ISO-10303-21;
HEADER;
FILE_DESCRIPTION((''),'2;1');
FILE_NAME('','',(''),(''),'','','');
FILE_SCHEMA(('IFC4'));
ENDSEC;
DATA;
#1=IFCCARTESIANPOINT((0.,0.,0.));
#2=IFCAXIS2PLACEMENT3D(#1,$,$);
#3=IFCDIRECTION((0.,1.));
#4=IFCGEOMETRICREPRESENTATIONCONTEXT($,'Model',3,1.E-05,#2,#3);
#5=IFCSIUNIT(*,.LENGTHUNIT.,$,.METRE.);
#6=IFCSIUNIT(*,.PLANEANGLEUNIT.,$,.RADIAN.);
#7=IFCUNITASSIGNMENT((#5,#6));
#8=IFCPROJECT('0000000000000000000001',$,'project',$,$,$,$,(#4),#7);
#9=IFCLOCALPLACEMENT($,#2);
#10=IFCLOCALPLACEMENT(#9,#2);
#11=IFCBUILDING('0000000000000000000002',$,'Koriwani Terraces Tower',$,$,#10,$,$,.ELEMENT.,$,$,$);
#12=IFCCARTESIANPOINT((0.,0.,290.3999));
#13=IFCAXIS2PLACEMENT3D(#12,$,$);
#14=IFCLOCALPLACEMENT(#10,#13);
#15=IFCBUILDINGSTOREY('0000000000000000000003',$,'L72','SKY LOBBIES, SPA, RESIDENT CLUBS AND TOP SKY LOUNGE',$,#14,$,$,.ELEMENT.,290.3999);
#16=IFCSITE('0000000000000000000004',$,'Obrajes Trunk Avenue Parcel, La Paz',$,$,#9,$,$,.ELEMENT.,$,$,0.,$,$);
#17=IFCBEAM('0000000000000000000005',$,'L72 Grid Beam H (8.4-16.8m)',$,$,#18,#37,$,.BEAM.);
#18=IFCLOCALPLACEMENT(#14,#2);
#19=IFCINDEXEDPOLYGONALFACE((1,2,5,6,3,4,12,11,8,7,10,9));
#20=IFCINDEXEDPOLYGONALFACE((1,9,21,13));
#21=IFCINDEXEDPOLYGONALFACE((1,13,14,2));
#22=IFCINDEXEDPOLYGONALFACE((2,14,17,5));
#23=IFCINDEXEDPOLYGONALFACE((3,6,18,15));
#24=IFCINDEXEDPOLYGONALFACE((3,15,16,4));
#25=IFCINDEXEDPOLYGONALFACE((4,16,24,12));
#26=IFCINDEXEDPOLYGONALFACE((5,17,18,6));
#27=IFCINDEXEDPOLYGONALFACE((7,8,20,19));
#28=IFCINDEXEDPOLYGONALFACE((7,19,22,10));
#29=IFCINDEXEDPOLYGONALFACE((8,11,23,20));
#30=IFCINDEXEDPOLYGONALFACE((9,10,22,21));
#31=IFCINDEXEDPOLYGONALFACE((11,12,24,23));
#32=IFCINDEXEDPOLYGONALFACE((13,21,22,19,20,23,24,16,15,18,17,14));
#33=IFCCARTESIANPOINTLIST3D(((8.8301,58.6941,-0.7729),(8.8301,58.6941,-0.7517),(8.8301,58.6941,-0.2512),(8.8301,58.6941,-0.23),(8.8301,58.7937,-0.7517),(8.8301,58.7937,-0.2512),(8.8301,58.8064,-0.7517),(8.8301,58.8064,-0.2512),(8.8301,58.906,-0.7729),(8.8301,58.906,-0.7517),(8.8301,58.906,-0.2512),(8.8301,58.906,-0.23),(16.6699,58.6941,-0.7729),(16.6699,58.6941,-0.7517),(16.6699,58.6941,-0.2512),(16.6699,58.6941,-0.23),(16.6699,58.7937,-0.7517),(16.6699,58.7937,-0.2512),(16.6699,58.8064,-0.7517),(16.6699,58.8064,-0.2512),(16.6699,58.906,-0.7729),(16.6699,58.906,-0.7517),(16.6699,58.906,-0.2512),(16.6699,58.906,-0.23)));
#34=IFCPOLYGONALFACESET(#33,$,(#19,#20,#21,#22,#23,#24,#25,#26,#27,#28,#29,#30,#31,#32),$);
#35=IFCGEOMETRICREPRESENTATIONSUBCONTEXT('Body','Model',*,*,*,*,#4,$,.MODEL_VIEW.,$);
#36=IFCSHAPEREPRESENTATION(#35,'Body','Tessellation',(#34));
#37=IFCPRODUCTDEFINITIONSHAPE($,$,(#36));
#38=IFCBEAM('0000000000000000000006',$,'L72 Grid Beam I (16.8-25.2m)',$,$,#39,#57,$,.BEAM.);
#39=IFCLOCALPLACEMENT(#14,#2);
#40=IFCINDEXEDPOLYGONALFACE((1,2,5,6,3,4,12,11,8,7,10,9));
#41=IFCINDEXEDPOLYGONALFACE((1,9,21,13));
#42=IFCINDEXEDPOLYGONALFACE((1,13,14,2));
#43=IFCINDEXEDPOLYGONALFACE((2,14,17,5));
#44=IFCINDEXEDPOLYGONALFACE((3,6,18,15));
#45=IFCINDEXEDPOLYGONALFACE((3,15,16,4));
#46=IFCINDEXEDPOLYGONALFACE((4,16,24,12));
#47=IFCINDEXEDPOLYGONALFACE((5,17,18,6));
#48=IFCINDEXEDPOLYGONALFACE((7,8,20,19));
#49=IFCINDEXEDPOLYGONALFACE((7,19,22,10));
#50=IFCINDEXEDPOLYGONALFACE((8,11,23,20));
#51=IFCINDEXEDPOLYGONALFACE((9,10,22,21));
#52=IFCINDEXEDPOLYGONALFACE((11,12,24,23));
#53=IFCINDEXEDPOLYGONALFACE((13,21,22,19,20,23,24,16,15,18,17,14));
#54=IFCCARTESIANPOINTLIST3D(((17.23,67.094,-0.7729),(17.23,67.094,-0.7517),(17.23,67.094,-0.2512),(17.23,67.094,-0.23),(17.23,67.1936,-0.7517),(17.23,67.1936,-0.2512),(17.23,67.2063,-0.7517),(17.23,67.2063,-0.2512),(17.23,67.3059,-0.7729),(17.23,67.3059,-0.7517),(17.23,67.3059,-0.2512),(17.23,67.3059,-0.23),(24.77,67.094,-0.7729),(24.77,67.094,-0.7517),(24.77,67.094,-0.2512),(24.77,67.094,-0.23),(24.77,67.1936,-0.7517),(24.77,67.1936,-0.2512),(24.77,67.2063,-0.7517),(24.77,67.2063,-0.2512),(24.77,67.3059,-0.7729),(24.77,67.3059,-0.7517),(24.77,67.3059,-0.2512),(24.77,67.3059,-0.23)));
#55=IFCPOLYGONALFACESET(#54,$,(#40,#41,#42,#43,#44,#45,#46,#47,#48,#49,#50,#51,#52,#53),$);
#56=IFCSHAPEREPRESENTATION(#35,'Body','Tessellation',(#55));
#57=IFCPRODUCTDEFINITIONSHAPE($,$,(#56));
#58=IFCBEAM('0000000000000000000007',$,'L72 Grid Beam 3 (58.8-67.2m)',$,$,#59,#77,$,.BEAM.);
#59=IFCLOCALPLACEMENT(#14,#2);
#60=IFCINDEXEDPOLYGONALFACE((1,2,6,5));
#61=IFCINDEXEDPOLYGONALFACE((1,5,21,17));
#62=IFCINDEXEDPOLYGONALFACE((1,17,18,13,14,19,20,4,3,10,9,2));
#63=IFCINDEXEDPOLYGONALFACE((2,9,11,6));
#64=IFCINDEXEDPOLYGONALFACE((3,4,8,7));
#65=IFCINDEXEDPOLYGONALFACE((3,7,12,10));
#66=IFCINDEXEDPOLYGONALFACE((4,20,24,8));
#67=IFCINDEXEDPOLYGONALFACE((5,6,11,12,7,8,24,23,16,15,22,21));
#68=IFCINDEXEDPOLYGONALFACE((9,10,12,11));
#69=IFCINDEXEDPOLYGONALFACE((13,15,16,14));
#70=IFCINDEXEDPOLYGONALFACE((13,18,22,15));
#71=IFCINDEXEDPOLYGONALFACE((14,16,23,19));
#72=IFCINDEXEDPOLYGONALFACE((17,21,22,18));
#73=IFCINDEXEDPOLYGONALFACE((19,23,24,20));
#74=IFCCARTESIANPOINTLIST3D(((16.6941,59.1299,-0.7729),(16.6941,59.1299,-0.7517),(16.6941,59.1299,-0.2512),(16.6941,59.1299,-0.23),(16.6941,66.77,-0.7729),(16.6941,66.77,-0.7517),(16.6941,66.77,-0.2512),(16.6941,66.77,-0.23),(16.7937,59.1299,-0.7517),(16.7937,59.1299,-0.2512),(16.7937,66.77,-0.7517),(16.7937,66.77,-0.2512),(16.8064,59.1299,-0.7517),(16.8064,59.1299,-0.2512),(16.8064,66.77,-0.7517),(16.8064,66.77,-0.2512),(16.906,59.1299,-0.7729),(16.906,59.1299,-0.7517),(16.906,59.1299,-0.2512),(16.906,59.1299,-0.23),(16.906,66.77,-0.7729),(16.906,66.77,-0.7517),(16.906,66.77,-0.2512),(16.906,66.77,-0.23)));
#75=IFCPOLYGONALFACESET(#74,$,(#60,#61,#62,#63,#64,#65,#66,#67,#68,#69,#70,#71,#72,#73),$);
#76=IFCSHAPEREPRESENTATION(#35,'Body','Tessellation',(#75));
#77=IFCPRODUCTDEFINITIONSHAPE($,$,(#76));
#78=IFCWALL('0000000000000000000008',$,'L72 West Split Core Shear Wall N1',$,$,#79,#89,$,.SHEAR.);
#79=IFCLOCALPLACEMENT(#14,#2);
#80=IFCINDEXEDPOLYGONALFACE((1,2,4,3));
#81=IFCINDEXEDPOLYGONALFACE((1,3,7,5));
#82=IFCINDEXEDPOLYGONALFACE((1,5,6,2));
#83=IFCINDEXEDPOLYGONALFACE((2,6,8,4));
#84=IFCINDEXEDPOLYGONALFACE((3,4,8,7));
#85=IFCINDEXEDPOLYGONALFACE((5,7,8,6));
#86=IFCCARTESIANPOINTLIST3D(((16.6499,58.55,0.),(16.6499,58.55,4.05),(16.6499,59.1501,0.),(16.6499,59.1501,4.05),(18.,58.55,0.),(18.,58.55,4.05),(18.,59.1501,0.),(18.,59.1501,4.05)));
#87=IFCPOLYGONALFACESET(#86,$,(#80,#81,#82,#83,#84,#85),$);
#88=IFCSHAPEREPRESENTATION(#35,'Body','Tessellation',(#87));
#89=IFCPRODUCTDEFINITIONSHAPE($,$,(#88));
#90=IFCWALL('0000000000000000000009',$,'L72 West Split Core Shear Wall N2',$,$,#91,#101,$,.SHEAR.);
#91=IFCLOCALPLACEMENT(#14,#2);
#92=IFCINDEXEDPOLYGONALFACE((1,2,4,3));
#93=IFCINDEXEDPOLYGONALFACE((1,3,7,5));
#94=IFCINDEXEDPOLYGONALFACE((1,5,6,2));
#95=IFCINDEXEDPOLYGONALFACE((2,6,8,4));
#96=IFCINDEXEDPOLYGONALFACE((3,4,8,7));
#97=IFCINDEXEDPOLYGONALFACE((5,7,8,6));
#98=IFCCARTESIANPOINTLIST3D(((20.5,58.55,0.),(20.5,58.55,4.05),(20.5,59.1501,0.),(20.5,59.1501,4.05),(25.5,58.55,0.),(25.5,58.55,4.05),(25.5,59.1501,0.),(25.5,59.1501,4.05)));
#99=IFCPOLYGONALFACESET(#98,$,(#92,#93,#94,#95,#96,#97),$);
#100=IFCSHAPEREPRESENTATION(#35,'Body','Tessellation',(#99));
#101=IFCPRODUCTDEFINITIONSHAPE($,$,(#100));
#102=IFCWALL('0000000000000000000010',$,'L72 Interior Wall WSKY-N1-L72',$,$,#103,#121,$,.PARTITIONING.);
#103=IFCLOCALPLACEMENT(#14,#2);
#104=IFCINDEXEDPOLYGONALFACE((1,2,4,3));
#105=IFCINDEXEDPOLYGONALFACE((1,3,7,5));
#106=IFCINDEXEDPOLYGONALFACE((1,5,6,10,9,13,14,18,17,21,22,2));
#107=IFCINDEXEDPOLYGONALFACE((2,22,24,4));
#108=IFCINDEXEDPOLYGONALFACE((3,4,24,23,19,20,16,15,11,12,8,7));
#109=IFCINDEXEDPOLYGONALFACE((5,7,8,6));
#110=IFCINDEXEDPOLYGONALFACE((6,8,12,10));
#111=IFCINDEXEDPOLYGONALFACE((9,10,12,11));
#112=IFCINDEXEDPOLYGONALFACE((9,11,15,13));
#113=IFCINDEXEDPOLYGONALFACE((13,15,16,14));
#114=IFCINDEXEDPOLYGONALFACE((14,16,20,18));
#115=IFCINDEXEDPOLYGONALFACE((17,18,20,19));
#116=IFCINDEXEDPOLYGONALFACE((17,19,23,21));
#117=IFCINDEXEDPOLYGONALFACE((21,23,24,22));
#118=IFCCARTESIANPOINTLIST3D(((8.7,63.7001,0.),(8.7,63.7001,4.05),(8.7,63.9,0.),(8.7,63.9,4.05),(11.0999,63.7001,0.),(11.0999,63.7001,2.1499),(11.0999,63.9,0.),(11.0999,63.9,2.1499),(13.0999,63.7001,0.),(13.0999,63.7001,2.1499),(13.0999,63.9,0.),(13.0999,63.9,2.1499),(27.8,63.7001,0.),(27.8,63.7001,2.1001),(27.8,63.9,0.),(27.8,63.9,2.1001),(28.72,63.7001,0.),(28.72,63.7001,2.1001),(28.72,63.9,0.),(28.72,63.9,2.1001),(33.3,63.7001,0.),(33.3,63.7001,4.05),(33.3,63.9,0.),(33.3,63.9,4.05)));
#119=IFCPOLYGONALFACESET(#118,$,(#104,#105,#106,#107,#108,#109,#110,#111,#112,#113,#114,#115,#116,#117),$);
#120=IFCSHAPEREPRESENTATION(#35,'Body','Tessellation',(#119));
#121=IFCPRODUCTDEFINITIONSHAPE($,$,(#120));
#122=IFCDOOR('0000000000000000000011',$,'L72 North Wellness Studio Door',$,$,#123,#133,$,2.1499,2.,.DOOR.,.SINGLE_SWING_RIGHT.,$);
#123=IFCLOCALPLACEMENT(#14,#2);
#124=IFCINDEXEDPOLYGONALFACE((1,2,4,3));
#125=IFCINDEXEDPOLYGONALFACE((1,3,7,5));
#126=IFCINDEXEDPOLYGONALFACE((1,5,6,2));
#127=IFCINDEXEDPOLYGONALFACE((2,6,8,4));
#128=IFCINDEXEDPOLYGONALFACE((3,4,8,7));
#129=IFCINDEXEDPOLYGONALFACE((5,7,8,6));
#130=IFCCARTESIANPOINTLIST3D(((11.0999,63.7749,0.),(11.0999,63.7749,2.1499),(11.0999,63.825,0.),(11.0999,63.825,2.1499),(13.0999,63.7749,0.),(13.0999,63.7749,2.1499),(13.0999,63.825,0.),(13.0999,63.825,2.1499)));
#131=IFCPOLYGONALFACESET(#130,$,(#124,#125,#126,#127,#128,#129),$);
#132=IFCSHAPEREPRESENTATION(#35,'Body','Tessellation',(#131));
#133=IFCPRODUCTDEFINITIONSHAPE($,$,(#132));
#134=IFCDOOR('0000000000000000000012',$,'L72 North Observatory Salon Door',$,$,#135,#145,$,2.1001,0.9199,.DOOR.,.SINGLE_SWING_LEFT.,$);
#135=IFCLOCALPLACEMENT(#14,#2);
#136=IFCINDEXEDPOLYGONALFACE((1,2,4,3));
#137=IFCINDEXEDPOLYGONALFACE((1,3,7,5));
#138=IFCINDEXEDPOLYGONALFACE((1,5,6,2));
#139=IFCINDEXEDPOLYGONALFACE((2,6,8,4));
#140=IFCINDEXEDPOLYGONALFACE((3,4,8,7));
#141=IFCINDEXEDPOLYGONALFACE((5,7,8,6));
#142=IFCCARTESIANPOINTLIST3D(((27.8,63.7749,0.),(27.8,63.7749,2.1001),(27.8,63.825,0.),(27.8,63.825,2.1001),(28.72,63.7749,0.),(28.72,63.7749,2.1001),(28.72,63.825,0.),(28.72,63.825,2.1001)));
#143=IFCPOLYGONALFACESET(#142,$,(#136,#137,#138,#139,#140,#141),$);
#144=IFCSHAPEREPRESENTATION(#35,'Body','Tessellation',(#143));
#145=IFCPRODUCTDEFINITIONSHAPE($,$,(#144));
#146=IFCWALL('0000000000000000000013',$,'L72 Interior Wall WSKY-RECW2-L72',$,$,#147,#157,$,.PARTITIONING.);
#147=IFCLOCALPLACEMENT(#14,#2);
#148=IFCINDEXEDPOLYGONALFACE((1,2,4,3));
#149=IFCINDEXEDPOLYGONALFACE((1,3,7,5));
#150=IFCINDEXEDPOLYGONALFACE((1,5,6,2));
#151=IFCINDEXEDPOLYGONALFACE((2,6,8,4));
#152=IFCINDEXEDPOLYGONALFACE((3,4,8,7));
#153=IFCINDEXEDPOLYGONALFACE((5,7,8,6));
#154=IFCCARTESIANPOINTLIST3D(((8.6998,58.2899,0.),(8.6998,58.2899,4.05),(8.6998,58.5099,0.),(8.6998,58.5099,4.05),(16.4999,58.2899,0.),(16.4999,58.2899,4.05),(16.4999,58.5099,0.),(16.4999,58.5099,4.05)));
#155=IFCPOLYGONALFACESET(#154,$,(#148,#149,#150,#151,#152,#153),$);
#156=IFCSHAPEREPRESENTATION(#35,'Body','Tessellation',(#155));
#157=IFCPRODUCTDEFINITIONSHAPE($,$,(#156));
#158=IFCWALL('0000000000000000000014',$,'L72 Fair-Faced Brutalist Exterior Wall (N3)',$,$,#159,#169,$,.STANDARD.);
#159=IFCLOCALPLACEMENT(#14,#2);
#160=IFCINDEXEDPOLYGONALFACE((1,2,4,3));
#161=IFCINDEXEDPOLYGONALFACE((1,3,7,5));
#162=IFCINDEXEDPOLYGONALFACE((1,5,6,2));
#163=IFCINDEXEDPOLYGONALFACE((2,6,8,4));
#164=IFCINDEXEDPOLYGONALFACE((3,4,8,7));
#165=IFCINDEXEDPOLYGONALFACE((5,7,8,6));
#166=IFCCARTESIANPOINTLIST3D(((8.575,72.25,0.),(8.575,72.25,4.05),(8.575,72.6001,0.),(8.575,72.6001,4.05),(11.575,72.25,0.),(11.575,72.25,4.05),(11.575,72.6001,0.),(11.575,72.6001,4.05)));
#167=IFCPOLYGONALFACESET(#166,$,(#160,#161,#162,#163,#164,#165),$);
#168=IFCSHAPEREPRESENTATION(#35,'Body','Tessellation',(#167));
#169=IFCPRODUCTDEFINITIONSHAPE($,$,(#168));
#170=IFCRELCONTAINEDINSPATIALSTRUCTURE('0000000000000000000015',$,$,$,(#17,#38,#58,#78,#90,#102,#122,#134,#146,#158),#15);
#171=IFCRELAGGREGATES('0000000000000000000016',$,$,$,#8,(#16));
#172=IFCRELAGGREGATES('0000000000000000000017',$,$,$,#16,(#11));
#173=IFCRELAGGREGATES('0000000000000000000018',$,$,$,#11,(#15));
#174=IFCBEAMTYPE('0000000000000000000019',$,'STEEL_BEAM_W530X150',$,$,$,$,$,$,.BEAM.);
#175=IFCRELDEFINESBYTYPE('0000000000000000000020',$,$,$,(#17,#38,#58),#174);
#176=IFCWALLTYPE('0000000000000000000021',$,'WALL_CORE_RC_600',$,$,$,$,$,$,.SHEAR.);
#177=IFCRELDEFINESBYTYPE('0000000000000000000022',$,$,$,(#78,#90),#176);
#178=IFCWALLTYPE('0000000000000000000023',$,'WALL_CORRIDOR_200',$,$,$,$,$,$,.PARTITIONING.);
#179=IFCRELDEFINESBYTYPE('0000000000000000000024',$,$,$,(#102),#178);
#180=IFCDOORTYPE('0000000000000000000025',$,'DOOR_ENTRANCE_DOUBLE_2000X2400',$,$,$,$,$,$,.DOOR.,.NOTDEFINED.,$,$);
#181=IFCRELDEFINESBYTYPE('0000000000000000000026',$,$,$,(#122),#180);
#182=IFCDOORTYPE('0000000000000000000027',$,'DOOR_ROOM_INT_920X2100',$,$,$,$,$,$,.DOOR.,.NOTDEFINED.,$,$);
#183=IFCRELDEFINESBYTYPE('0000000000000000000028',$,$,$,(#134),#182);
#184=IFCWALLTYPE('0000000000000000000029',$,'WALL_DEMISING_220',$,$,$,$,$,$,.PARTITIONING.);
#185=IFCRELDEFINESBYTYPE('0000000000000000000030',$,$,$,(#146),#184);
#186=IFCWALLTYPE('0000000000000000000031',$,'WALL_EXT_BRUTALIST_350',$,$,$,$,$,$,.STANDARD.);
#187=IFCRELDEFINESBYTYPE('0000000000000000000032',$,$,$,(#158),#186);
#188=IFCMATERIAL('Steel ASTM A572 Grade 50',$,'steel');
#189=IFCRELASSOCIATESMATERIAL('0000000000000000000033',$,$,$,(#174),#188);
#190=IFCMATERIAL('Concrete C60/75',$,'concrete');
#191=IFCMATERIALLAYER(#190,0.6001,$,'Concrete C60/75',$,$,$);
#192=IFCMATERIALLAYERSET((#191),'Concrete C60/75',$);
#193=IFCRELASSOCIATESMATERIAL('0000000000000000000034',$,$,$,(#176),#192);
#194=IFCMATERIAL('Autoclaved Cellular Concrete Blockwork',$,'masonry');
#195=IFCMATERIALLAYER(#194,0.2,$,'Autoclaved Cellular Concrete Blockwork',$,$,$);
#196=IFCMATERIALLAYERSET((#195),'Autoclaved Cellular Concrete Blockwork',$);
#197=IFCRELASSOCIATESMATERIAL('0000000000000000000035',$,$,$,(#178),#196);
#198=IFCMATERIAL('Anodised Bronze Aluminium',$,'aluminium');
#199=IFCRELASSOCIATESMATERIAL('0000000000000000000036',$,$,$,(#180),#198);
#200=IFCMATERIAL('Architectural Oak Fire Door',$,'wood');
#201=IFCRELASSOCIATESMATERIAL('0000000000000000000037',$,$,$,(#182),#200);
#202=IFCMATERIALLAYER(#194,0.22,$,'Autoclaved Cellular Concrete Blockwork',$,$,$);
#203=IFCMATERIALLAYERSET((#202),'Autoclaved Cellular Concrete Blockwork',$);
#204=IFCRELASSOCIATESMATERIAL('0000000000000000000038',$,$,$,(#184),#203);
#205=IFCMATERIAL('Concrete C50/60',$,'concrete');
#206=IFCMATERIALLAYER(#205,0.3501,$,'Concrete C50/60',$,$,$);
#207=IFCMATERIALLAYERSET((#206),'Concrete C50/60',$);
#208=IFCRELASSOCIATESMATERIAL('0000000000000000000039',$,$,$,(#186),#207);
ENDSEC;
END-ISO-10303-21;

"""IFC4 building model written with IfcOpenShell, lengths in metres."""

from ifc_helpers import new_model, si_unit, direction, frame, frame_2d, origin, origin_2d, place, context, subcontext, project, spatial, rectangle, i_section, extrude, material, layer, layer_set, material_profile, profile_set, type_object, element, fill, save


model = new_model("IFC4")

# Units and contexts
model_context = context("Model", 3, precision=1e-05, world=origin(), true_north=direction((0.0, 1.0)))
body_context = subcontext(model_context, "Body", "Model", "MODEL_VIEW")
ifc_project = project(units=[si_unit("LENGTHUNIT", "METRE"), si_unit("PLANEANGLEUNIT", "RADIAN")], contexts=[model_context])

# Site, building, storey
site_placement = place(None, origin())
site = spatial("IfcSite", under=ifc_project, at=site_placement, Name="Obrajes Trunk Avenue Parcel, La Paz", CompositionType="ELEMENT", RefElevation=0.0)
building_placement = place(site_placement, origin())
building = spatial("IfcBuilding", under=site, at=building_placement, Name="Koriwani Terraces Tower", CompositionType="ELEMENT")
storey_placement = place(building_placement, frame((0.0, 0.0, 290.3999)))
storey = spatial("IfcBuildingStorey", under=building, at=storey_placement, Name="L72", Description="SKY LOBBIES, SPA, RESIDENT CLUBS AND TOP SKY LOUNGE", CompositionType="ELEMENT", Elevation=290.3999)

# Shared definitions
ifc_material_1 = material(Name="Concrete C50/60", Category="concrete")

# Shared definitions
ifc_material_2 = material(Name="Anodised Bronze Aluminium", Category="aluminium")

# Beams
ifc_material_3 = material(Name="Steel ASTM A572 Grade 50", Category="steel")
ifc_material_profile_1 = material_profile(ifc_material_3, i_section(OverallWidth=0.2119, OverallDepth=0.543, WebThickness=0.0127, FlangeThickness=0.0212, at=origin_2d()), Name="Steel ASTM A572 Grade 50", Category="LoadBearing")
ifc_profile_set_1 = profile_set([ifc_material_profile_1], Name="Steel ASTM A572 Grade 50")
beam_type_1 = type_object("IfcBeamType", Name="STEEL_BEAM_W530X150", PredefinedType="BEAM", material=ifc_profile_set_1)
beam_1_placement = place(storey_placement, frame((8.8301, 58.8, -0.5015), z_axis=(1.0, 0.0, 0.0), x_axis=(0.0, 1.0, 0.0)))
element("IfcBeam", 1, at=beam_1_placement, inside=storey, type_object=beam_type_1, Name="L72 Grid Beam H (8.4-16.8m)", PredefinedType="BEAM", context=body_context, shape_type="SweptSolid", body=[
    extrude(i_section(OverallWidth=0.2119, OverallDepth=0.543, WebThickness=0.0127, FlangeThickness=0.0212, at=origin_2d()), origin(), (0.0, 0.0, 1.0), 7.8398),
])
beam_2_placement = place(storey_placement, frame((17.23, 67.2, -0.5015), z_axis=(1.0, 0.0, 0.0), x_axis=(0.0, 1.0, 0.0)))
element("IfcBeam", 2, at=beam_2_placement, inside=storey, type_object=beam_type_1, Name="L72 Grid Beam I (16.8-25.2m)", PredefinedType="BEAM", context=body_context, shape_type="SweptSolid", body=[
    extrude(i_section(OverallWidth=0.2119, OverallDepth=0.543, WebThickness=0.0127, FlangeThickness=0.0212, at=origin_2d()), origin(), (0.0, 0.0, 1.0), 7.54),
])
beam_3_placement = place(storey_placement, frame((16.8, 59.1299, -0.5015), z_axis=(0.0, 1.0, 0.0), x_axis=(-1.0, 0.0, 0.0)))
element("IfcBeam", 3, at=beam_3_placement, inside=storey, type_object=beam_type_1, Name="L72 Grid Beam 3 (58.8-67.2m)", PredefinedType="BEAM", context=body_context, shape_type="SweptSolid", body=[
    extrude(i_section(OverallWidth=0.2119, OverallDepth=0.543, WebThickness=0.0127, FlangeThickness=0.0212, at=origin_2d()), origin(), (0.0, 0.0, 1.0), 7.6401),
])

# Walls
ifc_material_4 = material(Name="Concrete C60/75", Category="concrete")
ifc_layer_1 = layer(ifc_material_4, 0.6001, Name="Concrete C60/75")
ifc_layer_set_1 = layer_set([ifc_layer_1], Name="Concrete C60/75")
wall_type_1 = type_object("IfcWallType", Name="WALL_CORE_RC_600", PredefinedType="SHEAR", material=ifc_layer_set_1)
wall_1_placement = place(storey_placement, frame((16.6499, 58.8501, 0.0), z_axis=(0.0, 0.0, 1.0), x_axis=(1.0, 0.0, 0.0)))
element("IfcWall", 4, at=wall_1_placement, inside=storey, type_object=wall_type_1, Name="L72 West Split Core Shear Wall N1", PredefinedType="SHEAR", context=body_context, shape_type="SweptSolid", body=[
    extrude(rectangle(XDim=1.3501, YDim=0.6001, at=frame_2d((0.675, 0.0))), origin(), (0.0, 0.0, 1.0), 4.05),
])
wall_2_placement = place(storey_placement, frame((20.5, 58.8501, 0.0), z_axis=(0.0, 0.0, 1.0), x_axis=(1.0, 0.0, 0.0)))
element("IfcWall", 5, at=wall_2_placement, inside=storey, type_object=wall_type_1, Name="L72 West Split Core Shear Wall N2", PredefinedType="SHEAR", context=body_context, shape_type="SweptSolid", body=[
    extrude(rectangle(XDim=5.0, YDim=0.6001, at=frame_2d((2.5, 0.0))), origin(), (0.0, 0.0, 1.0), 4.05),
])

# Wall, openings, doors
ifc_material_5 = material(Name="Autoclaved Cellular Concrete Blockwork", Category="masonry")
ifc_layer_2 = layer(ifc_material_5, 0.2, Name="Autoclaved Cellular Concrete Blockwork")
ifc_layer_set_2 = layer_set([ifc_layer_2], Name="Autoclaved Cellular Concrete Blockwork")
wall_type_2 = type_object("IfcWallType", Name="WALL_CORRIDOR_200", PredefinedType="PARTITIONING", material=ifc_layer_set_2)
wall_3_placement = place(storey_placement, frame((8.7, 63.8, 0.0), z_axis=(0.0, 0.0, 1.0), x_axis=(1.0, 0.0, 0.0)))
wall_3 = element("IfcWall", 6, at=wall_3_placement, inside=storey, type_object=wall_type_2, Name="L72 Interior Wall WSKY-N1-L72", PredefinedType="PARTITIONING", context=body_context, shape_type="SweptSolid", body=[
    extrude(rectangle(XDim=24.6001, YDim=0.2, at=frame_2d((12.3, 0.0))), origin(), (0.0, 0.0, 1.0), 4.05),
])
opening_1_placement = place(wall_3_placement, frame((2.3999, 0.0, 0.0)))
opening_1 = element("IfcOpeningElement", 7, at=opening_1_placement, cuts=wall_3, PredefinedType="OPENING", context=body_context, shape_type="SweptSolid", body=[
    extrude(rectangle(XDim=2.0, YDim=2.1499, at=frame_2d((1.0, 1.075))), frame((0.0, 0.1099, 0.0), z_axis=(0.0, -1.0, 0.0), x_axis=(1.0, 0.0, 0.0)), (0.0, 0.0, 1.0), 0.22),
])
opening_2_placement = place(wall_3_placement, frame((19.1001, 0.0, 0.0)))
opening_2 = element("IfcOpeningElement", 8, at=opening_2_placement, cuts=wall_3, PredefinedType="OPENING", context=body_context, shape_type="SweptSolid", body=[
    extrude(rectangle(XDim=0.9199, YDim=2.1001, at=frame_2d((0.46, 1.05))), frame((0.0, 0.1099, 0.0), z_axis=(0.0, -1.0, 0.0), x_axis=(1.0, 0.0, 0.0)), (0.0, 0.0, 1.0), 0.22),
])
door_type_1 = type_object("IfcDoorType", Name="DOOR_ENTRANCE_DOUBLE_2000X2400", OperationType="NOTDEFINED", PredefinedType="DOOR", material=ifc_material_2)
door_1_placement = place(opening_1_placement, origin())
door_1 = element("IfcDoor", 9, at=door_1_placement, inside=storey, type_object=door_type_1, Name="L72 North Wellness Studio Door", OperationType="SINGLE_SWING_RIGHT", OverallHeight=2.1499, OverallWidth=2.0, PredefinedType="DOOR", context=body_context, shape_type="SweptSolid", body=[
    extrude(rectangle(XDim=2.0, YDim=2.1499, at=frame_2d((1.0, 1.075))), frame((0.0, 0.0249, 0.0), z_axis=(0.0, -1.0, 0.0), x_axis=(1.0, 0.0, 0.0)), (0.0, 0.0, 1.0), 0.05),
])
fill(opening_1, door_1)
ifc_material_6 = material(Name="Architectural Oak Fire Door", Category="wood")
door_type_2 = type_object("IfcDoorType", Name="DOOR_ROOM_INT_920X2100", OperationType="NOTDEFINED", PredefinedType="DOOR", material=ifc_material_6)
door_2_placement = place(opening_2_placement, origin())
door_2 = element("IfcDoor", 10, at=door_2_placement, inside=storey, type_object=door_type_2, Name="L72 North Observatory Salon Door", OperationType="SINGLE_SWING_LEFT", OverallHeight=2.1001, OverallWidth=0.9199, PredefinedType="DOOR", context=body_context, shape_type="SweptSolid", body=[
    extrude(rectangle(XDim=0.9199, YDim=2.1001, at=frame_2d((0.46, 1.05))), frame((0.0, 0.0249, 0.0), z_axis=(0.0, -1.0, 0.0), x_axis=(1.0, 0.0, 0.0)), (0.0, 0.0, 1.0), 0.05),
])
fill(opening_2, door_2)

# Walls
ifc_layer_3 = layer(ifc_material_5, 0.22, Name="Autoclaved Cellular Concrete Blockwork")
ifc_layer_set_3 = layer_set([ifc_layer_3], Name="Autoclaved Cellular Concrete Blockwork")
wall_type_3 = type_object("IfcWallType", Name="WALL_DEMISING_220", PredefinedType="PARTITIONING", material=ifc_layer_set_3)
wall_4_placement = place(storey_placement, frame((8.7, 58.3999, 0.0), z_axis=(0.0, 0.0, 1.0), x_axis=(1.0, 0.0, 0.0)))
element("IfcWall", 11, at=wall_4_placement, inside=storey, type_object=wall_type_3, Name="L72 Interior Wall WSKY-RECW2-L72", PredefinedType="PARTITIONING", context=body_context, shape_type="SweptSolid", body=[
    extrude(rectangle(XDim=7.8, YDim=0.22, at=frame_2d((3.8999, 0.0))), origin(), (0.0, 0.0, 1.0), 4.05),
])
ifc_layer_4 = layer(ifc_material_1, 0.3501, Name="Concrete C50/60")
ifc_layer_set_4 = layer_set([ifc_layer_4], Name="Concrete C50/60")
wall_type_4 = type_object("IfcWallType", Name="WALL_EXT_BRUTALIST_350", PredefinedType="STANDARD", material=ifc_layer_set_4)
for number, where, z_axis, x_axis, name in (
    (12, (8.575, 72.425, 0.0), (0.0, 0.0, 1.0), (1.0, 0.0, 0.0), "L72 Fair-Faced Brutalist Exterior Wall (N3)"),
):
    element("IfcWall", number, at=place(storey_placement, frame(where, z_axis=z_axis, x_axis=x_axis)), inside=storey, type_object=wall_type_4, Name=name, PredefinedType="STANDARD", context=body_context, shape_type="SweptSolid", body=[
        extrude(rectangle(XDim=3.0, YDim=0.3501, at=frame_2d((1.5, 0.0))), origin(), (0.0, 0.0, 1.0), 4.05),
    ])

save(model, "model.ifc")
